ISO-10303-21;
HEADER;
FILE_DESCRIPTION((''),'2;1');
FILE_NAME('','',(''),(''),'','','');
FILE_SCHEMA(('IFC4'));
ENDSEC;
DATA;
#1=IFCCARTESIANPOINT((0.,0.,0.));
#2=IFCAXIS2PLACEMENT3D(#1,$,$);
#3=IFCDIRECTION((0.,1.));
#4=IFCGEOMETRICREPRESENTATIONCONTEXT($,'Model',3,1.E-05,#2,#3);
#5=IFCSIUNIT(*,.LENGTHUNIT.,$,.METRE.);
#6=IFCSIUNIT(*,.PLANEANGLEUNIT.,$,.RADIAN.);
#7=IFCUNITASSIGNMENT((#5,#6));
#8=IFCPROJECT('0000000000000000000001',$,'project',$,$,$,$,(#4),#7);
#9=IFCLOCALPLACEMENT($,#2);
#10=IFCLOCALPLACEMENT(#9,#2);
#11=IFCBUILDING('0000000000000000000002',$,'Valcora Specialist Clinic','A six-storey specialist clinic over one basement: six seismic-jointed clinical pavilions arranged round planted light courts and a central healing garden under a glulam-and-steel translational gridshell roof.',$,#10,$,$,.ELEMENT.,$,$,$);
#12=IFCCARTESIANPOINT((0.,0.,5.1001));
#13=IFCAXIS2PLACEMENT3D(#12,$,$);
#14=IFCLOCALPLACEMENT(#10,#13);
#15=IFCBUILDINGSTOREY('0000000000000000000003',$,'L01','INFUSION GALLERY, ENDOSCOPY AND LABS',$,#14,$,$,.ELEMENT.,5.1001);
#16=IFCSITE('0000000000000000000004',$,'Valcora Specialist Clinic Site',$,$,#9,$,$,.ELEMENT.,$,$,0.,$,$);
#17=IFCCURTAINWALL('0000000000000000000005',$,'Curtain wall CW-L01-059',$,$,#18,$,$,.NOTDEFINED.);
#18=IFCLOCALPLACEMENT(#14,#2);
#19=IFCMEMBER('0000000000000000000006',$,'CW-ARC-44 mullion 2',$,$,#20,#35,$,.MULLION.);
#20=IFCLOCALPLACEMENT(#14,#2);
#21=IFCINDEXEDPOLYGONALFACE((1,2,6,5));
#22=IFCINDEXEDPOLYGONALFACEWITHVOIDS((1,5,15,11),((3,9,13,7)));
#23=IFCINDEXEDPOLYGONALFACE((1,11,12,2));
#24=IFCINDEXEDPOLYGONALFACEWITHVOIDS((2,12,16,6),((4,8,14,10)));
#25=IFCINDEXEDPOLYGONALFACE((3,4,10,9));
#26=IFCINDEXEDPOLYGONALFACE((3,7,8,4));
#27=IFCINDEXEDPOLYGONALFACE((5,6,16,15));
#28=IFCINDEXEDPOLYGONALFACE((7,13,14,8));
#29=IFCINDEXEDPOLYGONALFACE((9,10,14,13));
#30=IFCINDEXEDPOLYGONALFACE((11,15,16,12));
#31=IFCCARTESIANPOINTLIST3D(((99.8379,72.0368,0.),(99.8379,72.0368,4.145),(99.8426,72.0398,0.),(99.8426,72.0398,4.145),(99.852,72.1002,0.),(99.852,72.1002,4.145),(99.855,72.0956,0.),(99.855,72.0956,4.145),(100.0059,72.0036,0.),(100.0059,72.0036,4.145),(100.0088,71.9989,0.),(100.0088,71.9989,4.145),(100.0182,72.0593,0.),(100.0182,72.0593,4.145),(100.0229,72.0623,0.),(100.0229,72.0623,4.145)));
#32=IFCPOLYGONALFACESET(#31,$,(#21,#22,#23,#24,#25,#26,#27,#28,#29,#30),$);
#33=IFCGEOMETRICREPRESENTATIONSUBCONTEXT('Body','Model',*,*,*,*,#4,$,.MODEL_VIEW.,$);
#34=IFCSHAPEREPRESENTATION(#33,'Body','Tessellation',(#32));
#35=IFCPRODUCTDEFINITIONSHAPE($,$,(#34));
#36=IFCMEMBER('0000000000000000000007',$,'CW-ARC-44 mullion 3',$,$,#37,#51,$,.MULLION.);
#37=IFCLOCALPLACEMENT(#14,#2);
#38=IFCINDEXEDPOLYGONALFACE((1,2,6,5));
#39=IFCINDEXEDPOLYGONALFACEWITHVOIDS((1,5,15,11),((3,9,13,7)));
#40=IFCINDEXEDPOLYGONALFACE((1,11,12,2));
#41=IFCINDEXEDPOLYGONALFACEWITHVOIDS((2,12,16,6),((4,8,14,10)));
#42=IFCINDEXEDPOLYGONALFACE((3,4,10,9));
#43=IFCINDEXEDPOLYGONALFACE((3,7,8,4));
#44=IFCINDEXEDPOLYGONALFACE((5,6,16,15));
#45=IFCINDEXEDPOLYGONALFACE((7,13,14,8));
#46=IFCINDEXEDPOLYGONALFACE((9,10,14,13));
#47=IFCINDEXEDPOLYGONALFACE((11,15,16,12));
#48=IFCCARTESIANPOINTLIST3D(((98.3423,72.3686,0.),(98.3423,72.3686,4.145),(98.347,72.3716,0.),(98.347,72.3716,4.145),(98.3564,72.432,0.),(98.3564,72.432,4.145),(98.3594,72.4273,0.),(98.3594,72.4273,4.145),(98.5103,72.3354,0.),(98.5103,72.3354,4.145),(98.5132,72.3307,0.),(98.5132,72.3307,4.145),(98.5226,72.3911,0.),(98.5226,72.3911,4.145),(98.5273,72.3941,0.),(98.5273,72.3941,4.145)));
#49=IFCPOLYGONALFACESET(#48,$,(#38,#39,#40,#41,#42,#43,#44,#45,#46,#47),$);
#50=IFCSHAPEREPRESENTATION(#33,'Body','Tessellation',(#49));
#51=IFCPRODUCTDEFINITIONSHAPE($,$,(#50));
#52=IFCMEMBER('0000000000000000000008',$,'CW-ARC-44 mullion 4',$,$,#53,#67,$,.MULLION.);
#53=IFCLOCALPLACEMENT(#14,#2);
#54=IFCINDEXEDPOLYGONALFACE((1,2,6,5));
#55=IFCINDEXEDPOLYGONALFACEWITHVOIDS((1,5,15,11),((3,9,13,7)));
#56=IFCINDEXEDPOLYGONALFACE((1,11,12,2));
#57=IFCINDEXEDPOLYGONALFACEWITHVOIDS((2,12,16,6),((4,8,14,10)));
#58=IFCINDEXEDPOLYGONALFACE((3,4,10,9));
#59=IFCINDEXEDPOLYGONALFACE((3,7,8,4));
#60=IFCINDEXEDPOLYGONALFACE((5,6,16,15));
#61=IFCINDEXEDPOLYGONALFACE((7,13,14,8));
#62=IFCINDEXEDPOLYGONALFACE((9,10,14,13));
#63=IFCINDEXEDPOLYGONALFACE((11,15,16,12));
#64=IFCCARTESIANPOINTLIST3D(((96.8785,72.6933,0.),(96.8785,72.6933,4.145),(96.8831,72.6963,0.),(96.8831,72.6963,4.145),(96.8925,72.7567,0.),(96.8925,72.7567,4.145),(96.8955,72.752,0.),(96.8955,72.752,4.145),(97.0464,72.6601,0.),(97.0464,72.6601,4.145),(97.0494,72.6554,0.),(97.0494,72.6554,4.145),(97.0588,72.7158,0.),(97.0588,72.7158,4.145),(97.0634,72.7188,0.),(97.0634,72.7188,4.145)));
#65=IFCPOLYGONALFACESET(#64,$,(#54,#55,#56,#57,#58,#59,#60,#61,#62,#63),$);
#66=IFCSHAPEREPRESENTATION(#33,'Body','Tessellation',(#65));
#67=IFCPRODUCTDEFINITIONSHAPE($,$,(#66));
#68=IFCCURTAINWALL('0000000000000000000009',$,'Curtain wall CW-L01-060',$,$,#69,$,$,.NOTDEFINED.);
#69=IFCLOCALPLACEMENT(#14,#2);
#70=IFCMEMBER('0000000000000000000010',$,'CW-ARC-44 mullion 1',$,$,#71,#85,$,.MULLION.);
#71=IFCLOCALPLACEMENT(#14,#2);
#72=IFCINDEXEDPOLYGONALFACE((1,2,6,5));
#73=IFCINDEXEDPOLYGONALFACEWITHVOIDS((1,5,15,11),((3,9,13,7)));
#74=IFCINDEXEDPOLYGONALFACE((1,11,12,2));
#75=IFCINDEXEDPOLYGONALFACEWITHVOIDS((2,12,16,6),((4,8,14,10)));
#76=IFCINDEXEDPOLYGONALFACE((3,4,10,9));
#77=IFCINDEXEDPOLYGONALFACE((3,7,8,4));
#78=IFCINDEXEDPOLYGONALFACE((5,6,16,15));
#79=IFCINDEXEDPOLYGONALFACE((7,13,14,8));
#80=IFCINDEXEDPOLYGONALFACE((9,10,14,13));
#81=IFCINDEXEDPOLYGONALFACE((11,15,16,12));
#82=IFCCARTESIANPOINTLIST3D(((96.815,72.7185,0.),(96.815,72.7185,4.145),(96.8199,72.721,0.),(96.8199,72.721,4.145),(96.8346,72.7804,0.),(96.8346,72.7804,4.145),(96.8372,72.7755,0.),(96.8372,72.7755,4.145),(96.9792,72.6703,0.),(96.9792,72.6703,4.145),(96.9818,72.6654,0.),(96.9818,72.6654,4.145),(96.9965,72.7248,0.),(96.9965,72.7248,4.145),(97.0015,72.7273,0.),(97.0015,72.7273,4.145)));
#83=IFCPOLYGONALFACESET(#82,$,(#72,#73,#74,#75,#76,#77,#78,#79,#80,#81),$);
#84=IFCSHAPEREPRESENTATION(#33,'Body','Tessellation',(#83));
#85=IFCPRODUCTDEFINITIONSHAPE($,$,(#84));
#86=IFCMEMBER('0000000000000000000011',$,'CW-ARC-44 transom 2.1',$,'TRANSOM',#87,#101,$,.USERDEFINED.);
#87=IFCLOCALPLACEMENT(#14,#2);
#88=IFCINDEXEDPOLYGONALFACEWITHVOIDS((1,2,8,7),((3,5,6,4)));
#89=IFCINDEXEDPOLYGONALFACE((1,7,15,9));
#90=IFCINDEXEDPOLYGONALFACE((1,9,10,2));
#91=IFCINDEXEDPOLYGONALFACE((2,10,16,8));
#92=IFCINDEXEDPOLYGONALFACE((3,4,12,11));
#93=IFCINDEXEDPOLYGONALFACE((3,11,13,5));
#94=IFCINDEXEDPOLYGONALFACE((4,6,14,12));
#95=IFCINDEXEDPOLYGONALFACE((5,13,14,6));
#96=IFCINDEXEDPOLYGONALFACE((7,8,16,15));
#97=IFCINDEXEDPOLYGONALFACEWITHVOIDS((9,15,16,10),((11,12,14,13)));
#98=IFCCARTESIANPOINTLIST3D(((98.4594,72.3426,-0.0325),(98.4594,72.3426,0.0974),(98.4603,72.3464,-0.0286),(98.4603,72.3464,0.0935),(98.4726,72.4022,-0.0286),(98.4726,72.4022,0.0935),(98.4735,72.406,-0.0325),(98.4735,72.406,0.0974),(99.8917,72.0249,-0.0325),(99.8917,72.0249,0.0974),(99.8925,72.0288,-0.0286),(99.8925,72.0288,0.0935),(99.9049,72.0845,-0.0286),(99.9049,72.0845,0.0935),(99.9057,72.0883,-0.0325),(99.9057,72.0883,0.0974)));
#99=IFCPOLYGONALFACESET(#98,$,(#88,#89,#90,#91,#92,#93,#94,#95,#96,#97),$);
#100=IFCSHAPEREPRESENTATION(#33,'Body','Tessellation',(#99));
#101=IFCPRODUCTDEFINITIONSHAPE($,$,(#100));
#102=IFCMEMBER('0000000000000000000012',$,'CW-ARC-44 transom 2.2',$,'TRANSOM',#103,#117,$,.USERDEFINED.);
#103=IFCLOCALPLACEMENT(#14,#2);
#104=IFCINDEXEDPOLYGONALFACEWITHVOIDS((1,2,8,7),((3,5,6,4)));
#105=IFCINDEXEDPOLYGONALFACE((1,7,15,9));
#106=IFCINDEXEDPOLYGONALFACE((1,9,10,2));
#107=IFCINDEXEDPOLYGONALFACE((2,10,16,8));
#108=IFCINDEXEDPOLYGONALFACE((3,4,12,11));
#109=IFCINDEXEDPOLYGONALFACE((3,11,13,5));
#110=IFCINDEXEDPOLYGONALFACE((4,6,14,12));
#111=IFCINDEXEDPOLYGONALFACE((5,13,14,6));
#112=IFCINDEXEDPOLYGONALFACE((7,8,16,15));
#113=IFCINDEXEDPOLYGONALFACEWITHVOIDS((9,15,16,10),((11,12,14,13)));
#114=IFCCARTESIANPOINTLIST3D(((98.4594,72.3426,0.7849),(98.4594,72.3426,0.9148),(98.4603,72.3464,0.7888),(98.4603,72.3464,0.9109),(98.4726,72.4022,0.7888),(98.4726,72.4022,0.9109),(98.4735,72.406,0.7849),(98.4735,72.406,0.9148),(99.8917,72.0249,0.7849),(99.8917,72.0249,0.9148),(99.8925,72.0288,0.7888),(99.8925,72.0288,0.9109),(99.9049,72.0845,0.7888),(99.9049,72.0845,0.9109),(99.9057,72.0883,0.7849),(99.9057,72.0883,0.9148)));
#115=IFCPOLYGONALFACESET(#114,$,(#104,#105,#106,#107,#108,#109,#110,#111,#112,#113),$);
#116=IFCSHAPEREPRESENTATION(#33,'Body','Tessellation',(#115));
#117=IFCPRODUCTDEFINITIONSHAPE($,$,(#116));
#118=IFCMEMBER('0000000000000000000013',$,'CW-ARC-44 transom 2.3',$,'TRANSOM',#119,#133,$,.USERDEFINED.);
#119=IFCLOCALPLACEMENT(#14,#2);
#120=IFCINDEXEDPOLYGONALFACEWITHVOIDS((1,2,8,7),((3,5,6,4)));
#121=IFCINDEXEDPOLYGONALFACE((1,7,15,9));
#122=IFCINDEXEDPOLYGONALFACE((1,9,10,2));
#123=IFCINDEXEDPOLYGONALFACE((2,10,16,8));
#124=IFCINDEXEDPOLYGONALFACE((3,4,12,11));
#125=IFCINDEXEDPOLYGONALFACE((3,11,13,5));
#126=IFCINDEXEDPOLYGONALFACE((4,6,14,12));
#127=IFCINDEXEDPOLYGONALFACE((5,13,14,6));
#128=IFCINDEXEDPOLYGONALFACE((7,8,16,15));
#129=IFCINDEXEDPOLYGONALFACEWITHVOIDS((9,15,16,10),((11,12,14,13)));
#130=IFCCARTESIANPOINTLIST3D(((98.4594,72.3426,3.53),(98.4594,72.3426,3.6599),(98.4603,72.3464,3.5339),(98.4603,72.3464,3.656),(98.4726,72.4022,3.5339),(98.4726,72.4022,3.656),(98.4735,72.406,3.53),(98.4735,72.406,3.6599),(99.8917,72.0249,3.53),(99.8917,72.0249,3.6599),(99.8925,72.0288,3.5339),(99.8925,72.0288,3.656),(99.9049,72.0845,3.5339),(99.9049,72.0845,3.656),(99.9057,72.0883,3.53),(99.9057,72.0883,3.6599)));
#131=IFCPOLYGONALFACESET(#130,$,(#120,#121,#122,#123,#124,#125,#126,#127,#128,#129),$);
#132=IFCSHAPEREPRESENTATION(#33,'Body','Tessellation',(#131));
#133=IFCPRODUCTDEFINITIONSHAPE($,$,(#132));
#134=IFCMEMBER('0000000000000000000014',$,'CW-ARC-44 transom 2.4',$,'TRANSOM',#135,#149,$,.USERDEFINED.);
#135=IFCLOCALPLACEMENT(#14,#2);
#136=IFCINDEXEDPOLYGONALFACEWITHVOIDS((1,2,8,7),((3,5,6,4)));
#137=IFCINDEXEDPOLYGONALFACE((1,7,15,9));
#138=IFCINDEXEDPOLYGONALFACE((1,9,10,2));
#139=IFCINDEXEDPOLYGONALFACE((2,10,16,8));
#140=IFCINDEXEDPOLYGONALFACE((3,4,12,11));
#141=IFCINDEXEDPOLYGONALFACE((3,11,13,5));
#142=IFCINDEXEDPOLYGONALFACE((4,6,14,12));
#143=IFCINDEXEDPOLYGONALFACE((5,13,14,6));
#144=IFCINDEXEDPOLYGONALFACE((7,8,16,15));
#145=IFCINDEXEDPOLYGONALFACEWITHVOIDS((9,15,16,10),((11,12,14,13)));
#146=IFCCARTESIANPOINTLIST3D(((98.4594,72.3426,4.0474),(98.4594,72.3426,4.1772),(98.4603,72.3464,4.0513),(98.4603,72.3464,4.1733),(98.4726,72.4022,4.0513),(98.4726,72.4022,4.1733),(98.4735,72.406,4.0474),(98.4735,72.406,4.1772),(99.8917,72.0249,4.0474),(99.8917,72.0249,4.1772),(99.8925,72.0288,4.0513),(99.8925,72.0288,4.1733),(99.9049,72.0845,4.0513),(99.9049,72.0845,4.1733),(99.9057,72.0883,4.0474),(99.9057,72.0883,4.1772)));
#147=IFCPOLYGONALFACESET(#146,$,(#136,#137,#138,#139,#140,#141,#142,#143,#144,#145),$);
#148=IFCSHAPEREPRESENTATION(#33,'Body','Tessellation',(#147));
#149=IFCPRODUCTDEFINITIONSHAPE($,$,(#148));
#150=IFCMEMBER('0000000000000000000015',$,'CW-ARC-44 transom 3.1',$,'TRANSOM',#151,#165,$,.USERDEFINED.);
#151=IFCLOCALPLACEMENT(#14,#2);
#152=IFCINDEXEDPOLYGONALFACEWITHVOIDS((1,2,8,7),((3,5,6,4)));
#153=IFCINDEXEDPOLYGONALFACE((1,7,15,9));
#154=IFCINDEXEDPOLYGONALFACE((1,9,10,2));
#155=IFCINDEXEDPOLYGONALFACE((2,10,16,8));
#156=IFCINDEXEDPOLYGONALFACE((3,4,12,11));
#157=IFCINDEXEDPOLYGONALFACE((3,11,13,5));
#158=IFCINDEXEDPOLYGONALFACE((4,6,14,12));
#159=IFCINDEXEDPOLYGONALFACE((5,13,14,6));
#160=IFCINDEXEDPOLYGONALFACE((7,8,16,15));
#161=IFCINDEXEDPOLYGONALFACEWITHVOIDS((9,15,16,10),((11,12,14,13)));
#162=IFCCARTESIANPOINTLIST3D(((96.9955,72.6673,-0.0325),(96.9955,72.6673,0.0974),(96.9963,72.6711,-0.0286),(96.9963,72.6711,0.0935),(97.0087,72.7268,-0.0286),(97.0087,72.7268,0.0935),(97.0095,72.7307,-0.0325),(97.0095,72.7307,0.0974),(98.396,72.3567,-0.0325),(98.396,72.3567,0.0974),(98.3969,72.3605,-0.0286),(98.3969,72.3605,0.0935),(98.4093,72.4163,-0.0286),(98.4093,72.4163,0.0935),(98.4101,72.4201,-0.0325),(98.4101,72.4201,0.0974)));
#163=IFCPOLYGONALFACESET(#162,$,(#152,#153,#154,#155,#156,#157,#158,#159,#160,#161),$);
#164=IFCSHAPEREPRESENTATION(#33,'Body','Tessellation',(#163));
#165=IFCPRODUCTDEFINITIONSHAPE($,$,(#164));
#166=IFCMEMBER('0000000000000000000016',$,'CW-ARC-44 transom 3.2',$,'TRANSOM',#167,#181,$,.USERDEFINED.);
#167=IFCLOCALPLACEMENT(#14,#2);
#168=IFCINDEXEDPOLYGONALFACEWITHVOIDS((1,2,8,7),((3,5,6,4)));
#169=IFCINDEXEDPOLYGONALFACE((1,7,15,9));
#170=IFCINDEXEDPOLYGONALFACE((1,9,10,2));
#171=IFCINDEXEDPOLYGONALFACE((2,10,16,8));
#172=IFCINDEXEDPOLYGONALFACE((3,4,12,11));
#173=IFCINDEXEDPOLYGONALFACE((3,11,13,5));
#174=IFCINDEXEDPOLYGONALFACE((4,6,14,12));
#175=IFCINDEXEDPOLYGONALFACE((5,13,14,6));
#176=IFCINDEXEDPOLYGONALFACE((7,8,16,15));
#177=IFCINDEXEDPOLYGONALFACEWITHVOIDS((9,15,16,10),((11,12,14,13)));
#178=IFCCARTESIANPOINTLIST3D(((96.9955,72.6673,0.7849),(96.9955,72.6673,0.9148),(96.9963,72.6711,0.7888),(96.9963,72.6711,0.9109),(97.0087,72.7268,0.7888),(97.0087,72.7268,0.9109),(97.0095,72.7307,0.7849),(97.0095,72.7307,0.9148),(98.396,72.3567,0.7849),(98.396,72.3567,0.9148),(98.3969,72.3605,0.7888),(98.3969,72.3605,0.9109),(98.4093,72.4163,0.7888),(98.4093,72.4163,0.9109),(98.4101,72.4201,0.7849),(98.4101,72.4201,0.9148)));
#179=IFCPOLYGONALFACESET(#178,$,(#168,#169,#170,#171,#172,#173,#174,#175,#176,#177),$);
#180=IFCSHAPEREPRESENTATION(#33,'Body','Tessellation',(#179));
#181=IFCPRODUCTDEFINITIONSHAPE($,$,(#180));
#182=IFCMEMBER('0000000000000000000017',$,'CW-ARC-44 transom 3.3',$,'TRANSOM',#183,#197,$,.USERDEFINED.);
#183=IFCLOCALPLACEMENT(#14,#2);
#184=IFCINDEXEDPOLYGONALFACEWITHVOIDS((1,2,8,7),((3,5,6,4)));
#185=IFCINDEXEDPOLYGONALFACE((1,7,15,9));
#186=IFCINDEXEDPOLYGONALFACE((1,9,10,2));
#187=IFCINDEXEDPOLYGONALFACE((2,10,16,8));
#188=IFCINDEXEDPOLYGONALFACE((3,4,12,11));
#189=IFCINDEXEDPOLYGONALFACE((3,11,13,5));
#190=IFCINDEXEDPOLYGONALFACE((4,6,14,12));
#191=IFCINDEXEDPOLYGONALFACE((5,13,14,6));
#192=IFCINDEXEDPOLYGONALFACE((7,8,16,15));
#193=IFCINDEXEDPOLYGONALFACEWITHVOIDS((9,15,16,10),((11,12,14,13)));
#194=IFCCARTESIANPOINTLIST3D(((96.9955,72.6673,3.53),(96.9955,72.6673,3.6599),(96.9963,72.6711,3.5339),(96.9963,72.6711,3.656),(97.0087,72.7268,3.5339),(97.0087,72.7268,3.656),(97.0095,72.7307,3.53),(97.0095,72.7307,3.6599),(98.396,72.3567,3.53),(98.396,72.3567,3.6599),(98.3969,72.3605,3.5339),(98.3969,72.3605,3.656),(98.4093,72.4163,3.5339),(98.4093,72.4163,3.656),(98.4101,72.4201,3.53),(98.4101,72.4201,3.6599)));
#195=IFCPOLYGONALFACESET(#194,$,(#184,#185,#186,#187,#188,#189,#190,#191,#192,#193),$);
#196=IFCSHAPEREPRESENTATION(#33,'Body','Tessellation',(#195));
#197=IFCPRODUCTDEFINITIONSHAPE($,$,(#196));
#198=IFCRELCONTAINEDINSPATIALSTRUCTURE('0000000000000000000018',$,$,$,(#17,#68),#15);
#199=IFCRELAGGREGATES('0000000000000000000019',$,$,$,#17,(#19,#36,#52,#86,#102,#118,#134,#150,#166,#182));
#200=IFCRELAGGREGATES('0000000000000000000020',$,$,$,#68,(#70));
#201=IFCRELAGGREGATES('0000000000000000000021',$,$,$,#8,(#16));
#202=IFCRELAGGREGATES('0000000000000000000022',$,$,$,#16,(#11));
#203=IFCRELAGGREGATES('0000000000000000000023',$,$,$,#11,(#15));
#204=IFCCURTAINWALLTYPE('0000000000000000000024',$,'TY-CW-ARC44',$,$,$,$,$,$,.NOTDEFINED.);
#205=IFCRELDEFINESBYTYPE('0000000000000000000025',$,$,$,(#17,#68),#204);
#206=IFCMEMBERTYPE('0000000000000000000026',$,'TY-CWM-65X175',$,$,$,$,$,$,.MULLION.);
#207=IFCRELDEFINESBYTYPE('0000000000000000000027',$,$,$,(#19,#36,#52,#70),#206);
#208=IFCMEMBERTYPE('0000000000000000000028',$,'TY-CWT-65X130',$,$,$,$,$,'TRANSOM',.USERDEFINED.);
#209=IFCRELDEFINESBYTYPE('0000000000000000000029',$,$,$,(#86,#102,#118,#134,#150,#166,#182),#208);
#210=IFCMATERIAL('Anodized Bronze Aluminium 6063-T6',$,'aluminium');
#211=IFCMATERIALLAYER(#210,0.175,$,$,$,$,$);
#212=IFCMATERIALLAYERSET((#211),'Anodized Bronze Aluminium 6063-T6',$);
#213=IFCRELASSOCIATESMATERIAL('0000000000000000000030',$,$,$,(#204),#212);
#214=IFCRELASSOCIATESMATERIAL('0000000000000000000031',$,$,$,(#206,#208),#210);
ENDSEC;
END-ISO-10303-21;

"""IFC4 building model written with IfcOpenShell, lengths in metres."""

from ifc_helpers import new_model, si_unit, direction, frame, origin, origin_2d, place, context, subcontext, project, spatial, hollow_rectangle, extrude, material, layer, layer_set, material_profile, profile_set, type_object, element, aggregate, save


model = new_model("IFC4")

# Units and contexts
model_context = context("Model", 3, precision=1e-05, world=origin(), true_north=direction((0.0, 1.0)))
body_context = subcontext(model_context, "Body", "Model", "MODEL_VIEW")
ifc_project = project(units=[si_unit("LENGTHUNIT", "METRE"), si_unit("PLANEANGLEUNIT", "RADIAN")], contexts=[model_context])

# Site, building, storey
site_placement = place(None, origin())
site = spatial("IfcSite", under=ifc_project, at=site_placement, Name="Valcora Specialist Clinic Site", CompositionType="ELEMENT", RefElevation=0.0)
building_placement = place(site_placement, origin())
building = spatial("IfcBuilding", under=site, at=building_placement, Name="Valcora Specialist Clinic", Description="A six-storey specialist clinic over one basement: six seismic-jointed clinical pavilions arranged round planted light courts and a central healing garden under a glulam-and-steel translational gridshell roof.", CompositionType="ELEMENT")
storey_placement = place(building_placement, frame((0.0, 0.0, 5.1001)))
storey = spatial("IfcBuildingStorey", under=building, at=storey_placement, Name="L01", Description="INFUSION GALLERY, ENDOSCOPY AND LABS", CompositionType="ELEMENT", Elevation=5.1001)

# Curtain wall, members
ifc_material_1 = material(Name="Anodized Bronze Aluminium 6063-T6", Category="aluminium")
ifc_layer_1 = layer(ifc_material_1, 0.175)
ifc_layer_set_1 = layer_set([ifc_layer_1], Name="Anodized Bronze Aluminium 6063-T6")
curtain_wall_type = type_object("IfcCurtainWallType", Name="TY-CW-ARC44", PredefinedType="NOTDEFINED", material=ifc_layer_set_1)
curtain_wall_1_placement = place(storey_placement, origin())
curtain_wall_1 = element("IfcCurtainWall", 1, at=curtain_wall_1_placement, inside=storey, type_object=curtain_wall_type, Name="Curtain wall CW-L01-059", PredefinedType="NOTDEFINED")
ifc_material_profile_1 = material_profile(ifc_material_1, hollow_rectangle(XDim=0.0649, YDim=0.175, WallThickness=0.0039, at=origin_2d()), Name="AL-MUL-65X175")
ifc_profile_set_1 = profile_set([ifc_material_profile_1], Name="Anodized Bronze Aluminium 6063-T6")
member_type_1 = type_object("IfcMemberType", Name="TY-CWM-65X175", PredefinedType="MULLION", material=ifc_profile_set_1)
member_1_placement = place(storey_placement, frame((99.9304, 72.0496, 0.0), z_axis=(0.0, 0.0, 1.0), x_axis=(-0.216518, -0.976279, 0.0)))
member_1 = element("IfcMember", 2, at=member_1_placement, type_object=member_type_1, Name="CW-ARC-44 mullion 2", PredefinedType="MULLION", context=body_context, shape_type="SweptSolid", body=[
    extrude(hollow_rectangle(XDim=0.0649, YDim=0.175, WallThickness=0.0039, at=origin_2d()), origin(), (0.0, 0.0, 1.0), 4.145),
])
member_2_placement = place(storey_placement, frame((98.4348, 72.3813, 0.0), z_axis=(0.0, 0.0, 1.0), x_axis=(-0.216518, -0.976279, 0.0)))
member_2 = element("IfcMember", 3, at=member_2_placement, type_object=member_type_1, Name="CW-ARC-44 mullion 3", PredefinedType="MULLION", context=body_context, shape_type="SweptSolid", body=[
    extrude(hollow_rectangle(XDim=0.0649, YDim=0.175, WallThickness=0.0039, at=origin_2d()), origin(), (0.0, 0.0, 1.0), 4.145),
])
member_3_placement = place(storey_placement, frame((96.9709, 72.7061, 0.0), z_axis=(0.0, 0.0, 1.0), x_axis=(-0.216518, -0.976279, 0.0)))
member_3 = element("IfcMember", 4, at=member_3_placement, type_object=member_type_1, Name="CW-ARC-44 mullion 4", PredefinedType="MULLION", context=body_context, shape_type="SweptSolid", body=[
    extrude(hollow_rectangle(XDim=0.0649, YDim=0.175, WallThickness=0.0039, at=origin_2d()), origin(), (0.0, 0.0, 1.0), 4.145),
])

# Curtain wall, member
curtain_wall_2_placement = place(storey_placement, origin())
curtain_wall_2 = element("IfcCurtainWall", 5, at=curtain_wall_2_placement, inside=storey, type_object=curtain_wall_type, Name="Curtain wall CW-L01-060", PredefinedType="NOTDEFINED")
member_4_placement = place(storey_placement, frame((96.9082, 72.7229, 0.0), z_axis=(0.0, 0.0, 1.0), x_axis=(-0.303233, -0.952916, 0.0)))
member_4 = element("IfcMember", 6, at=member_4_placement, type_object=member_type_1, Name="CW-ARC-44 mullion 1", PredefinedType="MULLION", context=body_context, shape_type="SweptSolid", body=[
    extrude(hollow_rectangle(XDim=0.0649, YDim=0.175, WallThickness=0.0039, at=origin_2d()), origin(), (0.0, 0.0, 1.0), 4.145),
])

# Members
ifc_material_profile_2 = material_profile(ifc_material_1, hollow_rectangle(XDim=0.0649, YDim=0.1299, WallThickness=0.0039, at=origin_2d()), Name="AL-TRN-65X130")
ifc_profile_set_2 = profile_set([ifc_material_profile_2], Name="Anodized Bronze Aluminium 6063-T6")
member_type_2 = type_object("IfcMemberType", Name="TY-CWT-65X130", ElementType="TRANSOM", PredefinedType="USERDEFINED", material=ifc_profile_set_2)
member_5_placement = place(storey_placement, frame((99.8987, 72.0566, 0.0325), z_axis=(-0.976277, 0.216525, 0.0), x_axis=(-0.216525, -0.976277, 0.0)))
member_5 = element("IfcMember", 7, at=member_5_placement, type_object=member_type_2, Name="CW-ARC-44 transom 2.1", ObjectType="TRANSOM", PredefinedType="USERDEFINED", context=body_context, shape_type="SweptSolid", body=[
    extrude(hollow_rectangle(XDim=0.0649, YDim=0.1299, WallThickness=0.0039, at=origin_2d()), origin(), (0.0, 0.0, 1.0), 1.467),
])
member_6_placement = place(storey_placement, frame((99.8987, 72.0566, 0.8499), z_axis=(-0.976277, 0.216525, 0.0), x_axis=(-0.216525, -0.976277, 0.0)))
member_6 = element("IfcMember", 8, at=member_6_placement, type_object=member_type_2, Name="CW-ARC-44 transom 2.2", ObjectType="TRANSOM", PredefinedType="USERDEFINED", context=body_context, shape_type="SweptSolid", body=[
    extrude(hollow_rectangle(XDim=0.0649, YDim=0.1299, WallThickness=0.0039, at=origin_2d()), origin(), (0.0, 0.0, 1.0), 1.467),
])
member_7_placement = place(storey_placement, frame((99.8987, 72.0566, 3.595), z_axis=(-0.976277, 0.216525, 0.0), x_axis=(-0.216525, -0.976277, 0.0)))
member_7 = element("IfcMember", 9, at=member_7_placement, type_object=member_type_2, Name="CW-ARC-44 transom 2.3", ObjectType="TRANSOM", PredefinedType="USERDEFINED", context=body_context, shape_type="SweptSolid", body=[
    extrude(hollow_rectangle(XDim=0.0649, YDim=0.1299, WallThickness=0.0039, at=origin_2d()), origin(), (0.0, 0.0, 1.0), 1.467),
])
member_8_placement = place(storey_placement, frame((99.8987, 72.0566, 4.1123), z_axis=(-0.976277, 0.216525, 0.0), x_axis=(-0.216525, -0.976277, 0.0)))
member_8 = element("IfcMember", 10, at=member_8_placement, type_object=member_type_2, Name="CW-ARC-44 transom 2.4", ObjectType="TRANSOM", PredefinedType="USERDEFINED", context=body_context, shape_type="SweptSolid", body=[
    extrude(hollow_rectangle(XDim=0.0649, YDim=0.1299, WallThickness=0.0039, at=origin_2d()), origin(), (0.0, 0.0, 1.0), 1.467),
])
member_9_placement = place(storey_placement, frame((98.4031, 72.3884, 0.0325), z_axis=(-0.976291, 0.216462, 0.0), x_axis=(-0.216462, -0.976291, 0.0)))
member_9 = element("IfcMember", 11, at=member_9_placement, type_object=member_type_2, Name="CW-ARC-44 transom 3.1", ObjectType="TRANSOM", PredefinedType="USERDEFINED", context=body_context, shape_type="SweptSolid", body=[
    extrude(hollow_rectangle(XDim=0.0649, YDim=0.1299, WallThickness=0.0039, at=origin_2d()), origin(), (0.0, 0.0, 1.0), 1.4346),
])
member_10_placement = place(storey_placement, frame((98.4031, 72.3884, 0.8499), z_axis=(-0.976291, 0.216462, 0.0), x_axis=(-0.216462, -0.976291, 0.0)))
member_10 = element("IfcMember", 12, at=member_10_placement, type_object=member_type_2, Name="CW-ARC-44 transom 3.2", ObjectType="TRANSOM", PredefinedType="USERDEFINED", context=body_context, shape_type="SweptSolid", body=[
    extrude(hollow_rectangle(XDim=0.0649, YDim=0.1299, WallThickness=0.0039, at=origin_2d()), origin(), (0.0, 0.0, 1.0), 1.4346),
])
member_11_placement = place(storey_placement, frame((98.4031, 72.3884, 3.595), z_axis=(-0.976291, 0.216462, 0.0), x_axis=(-0.216462, -0.976291, 0.0)))
member_11 = element("IfcMember", 13, at=member_11_placement, type_object=member_type_2, Name="CW-ARC-44 transom 3.3", ObjectType="TRANSOM", PredefinedType="USERDEFINED", context=body_context, shape_type="SweptSolid", body=[
    extrude(hollow_rectangle(XDim=0.0649, YDim=0.1299, WallThickness=0.0039, at=origin_2d()), origin(), (0.0, 0.0, 1.0), 1.4346),
])

aggregate(curtain_wall_1, [member_1, member_2, member_3, member_5, member_6, member_7, member_8, member_9, member_10, member_11])
aggregate(curtain_wall_2, [member_4])

save(model, "model.ifc")
